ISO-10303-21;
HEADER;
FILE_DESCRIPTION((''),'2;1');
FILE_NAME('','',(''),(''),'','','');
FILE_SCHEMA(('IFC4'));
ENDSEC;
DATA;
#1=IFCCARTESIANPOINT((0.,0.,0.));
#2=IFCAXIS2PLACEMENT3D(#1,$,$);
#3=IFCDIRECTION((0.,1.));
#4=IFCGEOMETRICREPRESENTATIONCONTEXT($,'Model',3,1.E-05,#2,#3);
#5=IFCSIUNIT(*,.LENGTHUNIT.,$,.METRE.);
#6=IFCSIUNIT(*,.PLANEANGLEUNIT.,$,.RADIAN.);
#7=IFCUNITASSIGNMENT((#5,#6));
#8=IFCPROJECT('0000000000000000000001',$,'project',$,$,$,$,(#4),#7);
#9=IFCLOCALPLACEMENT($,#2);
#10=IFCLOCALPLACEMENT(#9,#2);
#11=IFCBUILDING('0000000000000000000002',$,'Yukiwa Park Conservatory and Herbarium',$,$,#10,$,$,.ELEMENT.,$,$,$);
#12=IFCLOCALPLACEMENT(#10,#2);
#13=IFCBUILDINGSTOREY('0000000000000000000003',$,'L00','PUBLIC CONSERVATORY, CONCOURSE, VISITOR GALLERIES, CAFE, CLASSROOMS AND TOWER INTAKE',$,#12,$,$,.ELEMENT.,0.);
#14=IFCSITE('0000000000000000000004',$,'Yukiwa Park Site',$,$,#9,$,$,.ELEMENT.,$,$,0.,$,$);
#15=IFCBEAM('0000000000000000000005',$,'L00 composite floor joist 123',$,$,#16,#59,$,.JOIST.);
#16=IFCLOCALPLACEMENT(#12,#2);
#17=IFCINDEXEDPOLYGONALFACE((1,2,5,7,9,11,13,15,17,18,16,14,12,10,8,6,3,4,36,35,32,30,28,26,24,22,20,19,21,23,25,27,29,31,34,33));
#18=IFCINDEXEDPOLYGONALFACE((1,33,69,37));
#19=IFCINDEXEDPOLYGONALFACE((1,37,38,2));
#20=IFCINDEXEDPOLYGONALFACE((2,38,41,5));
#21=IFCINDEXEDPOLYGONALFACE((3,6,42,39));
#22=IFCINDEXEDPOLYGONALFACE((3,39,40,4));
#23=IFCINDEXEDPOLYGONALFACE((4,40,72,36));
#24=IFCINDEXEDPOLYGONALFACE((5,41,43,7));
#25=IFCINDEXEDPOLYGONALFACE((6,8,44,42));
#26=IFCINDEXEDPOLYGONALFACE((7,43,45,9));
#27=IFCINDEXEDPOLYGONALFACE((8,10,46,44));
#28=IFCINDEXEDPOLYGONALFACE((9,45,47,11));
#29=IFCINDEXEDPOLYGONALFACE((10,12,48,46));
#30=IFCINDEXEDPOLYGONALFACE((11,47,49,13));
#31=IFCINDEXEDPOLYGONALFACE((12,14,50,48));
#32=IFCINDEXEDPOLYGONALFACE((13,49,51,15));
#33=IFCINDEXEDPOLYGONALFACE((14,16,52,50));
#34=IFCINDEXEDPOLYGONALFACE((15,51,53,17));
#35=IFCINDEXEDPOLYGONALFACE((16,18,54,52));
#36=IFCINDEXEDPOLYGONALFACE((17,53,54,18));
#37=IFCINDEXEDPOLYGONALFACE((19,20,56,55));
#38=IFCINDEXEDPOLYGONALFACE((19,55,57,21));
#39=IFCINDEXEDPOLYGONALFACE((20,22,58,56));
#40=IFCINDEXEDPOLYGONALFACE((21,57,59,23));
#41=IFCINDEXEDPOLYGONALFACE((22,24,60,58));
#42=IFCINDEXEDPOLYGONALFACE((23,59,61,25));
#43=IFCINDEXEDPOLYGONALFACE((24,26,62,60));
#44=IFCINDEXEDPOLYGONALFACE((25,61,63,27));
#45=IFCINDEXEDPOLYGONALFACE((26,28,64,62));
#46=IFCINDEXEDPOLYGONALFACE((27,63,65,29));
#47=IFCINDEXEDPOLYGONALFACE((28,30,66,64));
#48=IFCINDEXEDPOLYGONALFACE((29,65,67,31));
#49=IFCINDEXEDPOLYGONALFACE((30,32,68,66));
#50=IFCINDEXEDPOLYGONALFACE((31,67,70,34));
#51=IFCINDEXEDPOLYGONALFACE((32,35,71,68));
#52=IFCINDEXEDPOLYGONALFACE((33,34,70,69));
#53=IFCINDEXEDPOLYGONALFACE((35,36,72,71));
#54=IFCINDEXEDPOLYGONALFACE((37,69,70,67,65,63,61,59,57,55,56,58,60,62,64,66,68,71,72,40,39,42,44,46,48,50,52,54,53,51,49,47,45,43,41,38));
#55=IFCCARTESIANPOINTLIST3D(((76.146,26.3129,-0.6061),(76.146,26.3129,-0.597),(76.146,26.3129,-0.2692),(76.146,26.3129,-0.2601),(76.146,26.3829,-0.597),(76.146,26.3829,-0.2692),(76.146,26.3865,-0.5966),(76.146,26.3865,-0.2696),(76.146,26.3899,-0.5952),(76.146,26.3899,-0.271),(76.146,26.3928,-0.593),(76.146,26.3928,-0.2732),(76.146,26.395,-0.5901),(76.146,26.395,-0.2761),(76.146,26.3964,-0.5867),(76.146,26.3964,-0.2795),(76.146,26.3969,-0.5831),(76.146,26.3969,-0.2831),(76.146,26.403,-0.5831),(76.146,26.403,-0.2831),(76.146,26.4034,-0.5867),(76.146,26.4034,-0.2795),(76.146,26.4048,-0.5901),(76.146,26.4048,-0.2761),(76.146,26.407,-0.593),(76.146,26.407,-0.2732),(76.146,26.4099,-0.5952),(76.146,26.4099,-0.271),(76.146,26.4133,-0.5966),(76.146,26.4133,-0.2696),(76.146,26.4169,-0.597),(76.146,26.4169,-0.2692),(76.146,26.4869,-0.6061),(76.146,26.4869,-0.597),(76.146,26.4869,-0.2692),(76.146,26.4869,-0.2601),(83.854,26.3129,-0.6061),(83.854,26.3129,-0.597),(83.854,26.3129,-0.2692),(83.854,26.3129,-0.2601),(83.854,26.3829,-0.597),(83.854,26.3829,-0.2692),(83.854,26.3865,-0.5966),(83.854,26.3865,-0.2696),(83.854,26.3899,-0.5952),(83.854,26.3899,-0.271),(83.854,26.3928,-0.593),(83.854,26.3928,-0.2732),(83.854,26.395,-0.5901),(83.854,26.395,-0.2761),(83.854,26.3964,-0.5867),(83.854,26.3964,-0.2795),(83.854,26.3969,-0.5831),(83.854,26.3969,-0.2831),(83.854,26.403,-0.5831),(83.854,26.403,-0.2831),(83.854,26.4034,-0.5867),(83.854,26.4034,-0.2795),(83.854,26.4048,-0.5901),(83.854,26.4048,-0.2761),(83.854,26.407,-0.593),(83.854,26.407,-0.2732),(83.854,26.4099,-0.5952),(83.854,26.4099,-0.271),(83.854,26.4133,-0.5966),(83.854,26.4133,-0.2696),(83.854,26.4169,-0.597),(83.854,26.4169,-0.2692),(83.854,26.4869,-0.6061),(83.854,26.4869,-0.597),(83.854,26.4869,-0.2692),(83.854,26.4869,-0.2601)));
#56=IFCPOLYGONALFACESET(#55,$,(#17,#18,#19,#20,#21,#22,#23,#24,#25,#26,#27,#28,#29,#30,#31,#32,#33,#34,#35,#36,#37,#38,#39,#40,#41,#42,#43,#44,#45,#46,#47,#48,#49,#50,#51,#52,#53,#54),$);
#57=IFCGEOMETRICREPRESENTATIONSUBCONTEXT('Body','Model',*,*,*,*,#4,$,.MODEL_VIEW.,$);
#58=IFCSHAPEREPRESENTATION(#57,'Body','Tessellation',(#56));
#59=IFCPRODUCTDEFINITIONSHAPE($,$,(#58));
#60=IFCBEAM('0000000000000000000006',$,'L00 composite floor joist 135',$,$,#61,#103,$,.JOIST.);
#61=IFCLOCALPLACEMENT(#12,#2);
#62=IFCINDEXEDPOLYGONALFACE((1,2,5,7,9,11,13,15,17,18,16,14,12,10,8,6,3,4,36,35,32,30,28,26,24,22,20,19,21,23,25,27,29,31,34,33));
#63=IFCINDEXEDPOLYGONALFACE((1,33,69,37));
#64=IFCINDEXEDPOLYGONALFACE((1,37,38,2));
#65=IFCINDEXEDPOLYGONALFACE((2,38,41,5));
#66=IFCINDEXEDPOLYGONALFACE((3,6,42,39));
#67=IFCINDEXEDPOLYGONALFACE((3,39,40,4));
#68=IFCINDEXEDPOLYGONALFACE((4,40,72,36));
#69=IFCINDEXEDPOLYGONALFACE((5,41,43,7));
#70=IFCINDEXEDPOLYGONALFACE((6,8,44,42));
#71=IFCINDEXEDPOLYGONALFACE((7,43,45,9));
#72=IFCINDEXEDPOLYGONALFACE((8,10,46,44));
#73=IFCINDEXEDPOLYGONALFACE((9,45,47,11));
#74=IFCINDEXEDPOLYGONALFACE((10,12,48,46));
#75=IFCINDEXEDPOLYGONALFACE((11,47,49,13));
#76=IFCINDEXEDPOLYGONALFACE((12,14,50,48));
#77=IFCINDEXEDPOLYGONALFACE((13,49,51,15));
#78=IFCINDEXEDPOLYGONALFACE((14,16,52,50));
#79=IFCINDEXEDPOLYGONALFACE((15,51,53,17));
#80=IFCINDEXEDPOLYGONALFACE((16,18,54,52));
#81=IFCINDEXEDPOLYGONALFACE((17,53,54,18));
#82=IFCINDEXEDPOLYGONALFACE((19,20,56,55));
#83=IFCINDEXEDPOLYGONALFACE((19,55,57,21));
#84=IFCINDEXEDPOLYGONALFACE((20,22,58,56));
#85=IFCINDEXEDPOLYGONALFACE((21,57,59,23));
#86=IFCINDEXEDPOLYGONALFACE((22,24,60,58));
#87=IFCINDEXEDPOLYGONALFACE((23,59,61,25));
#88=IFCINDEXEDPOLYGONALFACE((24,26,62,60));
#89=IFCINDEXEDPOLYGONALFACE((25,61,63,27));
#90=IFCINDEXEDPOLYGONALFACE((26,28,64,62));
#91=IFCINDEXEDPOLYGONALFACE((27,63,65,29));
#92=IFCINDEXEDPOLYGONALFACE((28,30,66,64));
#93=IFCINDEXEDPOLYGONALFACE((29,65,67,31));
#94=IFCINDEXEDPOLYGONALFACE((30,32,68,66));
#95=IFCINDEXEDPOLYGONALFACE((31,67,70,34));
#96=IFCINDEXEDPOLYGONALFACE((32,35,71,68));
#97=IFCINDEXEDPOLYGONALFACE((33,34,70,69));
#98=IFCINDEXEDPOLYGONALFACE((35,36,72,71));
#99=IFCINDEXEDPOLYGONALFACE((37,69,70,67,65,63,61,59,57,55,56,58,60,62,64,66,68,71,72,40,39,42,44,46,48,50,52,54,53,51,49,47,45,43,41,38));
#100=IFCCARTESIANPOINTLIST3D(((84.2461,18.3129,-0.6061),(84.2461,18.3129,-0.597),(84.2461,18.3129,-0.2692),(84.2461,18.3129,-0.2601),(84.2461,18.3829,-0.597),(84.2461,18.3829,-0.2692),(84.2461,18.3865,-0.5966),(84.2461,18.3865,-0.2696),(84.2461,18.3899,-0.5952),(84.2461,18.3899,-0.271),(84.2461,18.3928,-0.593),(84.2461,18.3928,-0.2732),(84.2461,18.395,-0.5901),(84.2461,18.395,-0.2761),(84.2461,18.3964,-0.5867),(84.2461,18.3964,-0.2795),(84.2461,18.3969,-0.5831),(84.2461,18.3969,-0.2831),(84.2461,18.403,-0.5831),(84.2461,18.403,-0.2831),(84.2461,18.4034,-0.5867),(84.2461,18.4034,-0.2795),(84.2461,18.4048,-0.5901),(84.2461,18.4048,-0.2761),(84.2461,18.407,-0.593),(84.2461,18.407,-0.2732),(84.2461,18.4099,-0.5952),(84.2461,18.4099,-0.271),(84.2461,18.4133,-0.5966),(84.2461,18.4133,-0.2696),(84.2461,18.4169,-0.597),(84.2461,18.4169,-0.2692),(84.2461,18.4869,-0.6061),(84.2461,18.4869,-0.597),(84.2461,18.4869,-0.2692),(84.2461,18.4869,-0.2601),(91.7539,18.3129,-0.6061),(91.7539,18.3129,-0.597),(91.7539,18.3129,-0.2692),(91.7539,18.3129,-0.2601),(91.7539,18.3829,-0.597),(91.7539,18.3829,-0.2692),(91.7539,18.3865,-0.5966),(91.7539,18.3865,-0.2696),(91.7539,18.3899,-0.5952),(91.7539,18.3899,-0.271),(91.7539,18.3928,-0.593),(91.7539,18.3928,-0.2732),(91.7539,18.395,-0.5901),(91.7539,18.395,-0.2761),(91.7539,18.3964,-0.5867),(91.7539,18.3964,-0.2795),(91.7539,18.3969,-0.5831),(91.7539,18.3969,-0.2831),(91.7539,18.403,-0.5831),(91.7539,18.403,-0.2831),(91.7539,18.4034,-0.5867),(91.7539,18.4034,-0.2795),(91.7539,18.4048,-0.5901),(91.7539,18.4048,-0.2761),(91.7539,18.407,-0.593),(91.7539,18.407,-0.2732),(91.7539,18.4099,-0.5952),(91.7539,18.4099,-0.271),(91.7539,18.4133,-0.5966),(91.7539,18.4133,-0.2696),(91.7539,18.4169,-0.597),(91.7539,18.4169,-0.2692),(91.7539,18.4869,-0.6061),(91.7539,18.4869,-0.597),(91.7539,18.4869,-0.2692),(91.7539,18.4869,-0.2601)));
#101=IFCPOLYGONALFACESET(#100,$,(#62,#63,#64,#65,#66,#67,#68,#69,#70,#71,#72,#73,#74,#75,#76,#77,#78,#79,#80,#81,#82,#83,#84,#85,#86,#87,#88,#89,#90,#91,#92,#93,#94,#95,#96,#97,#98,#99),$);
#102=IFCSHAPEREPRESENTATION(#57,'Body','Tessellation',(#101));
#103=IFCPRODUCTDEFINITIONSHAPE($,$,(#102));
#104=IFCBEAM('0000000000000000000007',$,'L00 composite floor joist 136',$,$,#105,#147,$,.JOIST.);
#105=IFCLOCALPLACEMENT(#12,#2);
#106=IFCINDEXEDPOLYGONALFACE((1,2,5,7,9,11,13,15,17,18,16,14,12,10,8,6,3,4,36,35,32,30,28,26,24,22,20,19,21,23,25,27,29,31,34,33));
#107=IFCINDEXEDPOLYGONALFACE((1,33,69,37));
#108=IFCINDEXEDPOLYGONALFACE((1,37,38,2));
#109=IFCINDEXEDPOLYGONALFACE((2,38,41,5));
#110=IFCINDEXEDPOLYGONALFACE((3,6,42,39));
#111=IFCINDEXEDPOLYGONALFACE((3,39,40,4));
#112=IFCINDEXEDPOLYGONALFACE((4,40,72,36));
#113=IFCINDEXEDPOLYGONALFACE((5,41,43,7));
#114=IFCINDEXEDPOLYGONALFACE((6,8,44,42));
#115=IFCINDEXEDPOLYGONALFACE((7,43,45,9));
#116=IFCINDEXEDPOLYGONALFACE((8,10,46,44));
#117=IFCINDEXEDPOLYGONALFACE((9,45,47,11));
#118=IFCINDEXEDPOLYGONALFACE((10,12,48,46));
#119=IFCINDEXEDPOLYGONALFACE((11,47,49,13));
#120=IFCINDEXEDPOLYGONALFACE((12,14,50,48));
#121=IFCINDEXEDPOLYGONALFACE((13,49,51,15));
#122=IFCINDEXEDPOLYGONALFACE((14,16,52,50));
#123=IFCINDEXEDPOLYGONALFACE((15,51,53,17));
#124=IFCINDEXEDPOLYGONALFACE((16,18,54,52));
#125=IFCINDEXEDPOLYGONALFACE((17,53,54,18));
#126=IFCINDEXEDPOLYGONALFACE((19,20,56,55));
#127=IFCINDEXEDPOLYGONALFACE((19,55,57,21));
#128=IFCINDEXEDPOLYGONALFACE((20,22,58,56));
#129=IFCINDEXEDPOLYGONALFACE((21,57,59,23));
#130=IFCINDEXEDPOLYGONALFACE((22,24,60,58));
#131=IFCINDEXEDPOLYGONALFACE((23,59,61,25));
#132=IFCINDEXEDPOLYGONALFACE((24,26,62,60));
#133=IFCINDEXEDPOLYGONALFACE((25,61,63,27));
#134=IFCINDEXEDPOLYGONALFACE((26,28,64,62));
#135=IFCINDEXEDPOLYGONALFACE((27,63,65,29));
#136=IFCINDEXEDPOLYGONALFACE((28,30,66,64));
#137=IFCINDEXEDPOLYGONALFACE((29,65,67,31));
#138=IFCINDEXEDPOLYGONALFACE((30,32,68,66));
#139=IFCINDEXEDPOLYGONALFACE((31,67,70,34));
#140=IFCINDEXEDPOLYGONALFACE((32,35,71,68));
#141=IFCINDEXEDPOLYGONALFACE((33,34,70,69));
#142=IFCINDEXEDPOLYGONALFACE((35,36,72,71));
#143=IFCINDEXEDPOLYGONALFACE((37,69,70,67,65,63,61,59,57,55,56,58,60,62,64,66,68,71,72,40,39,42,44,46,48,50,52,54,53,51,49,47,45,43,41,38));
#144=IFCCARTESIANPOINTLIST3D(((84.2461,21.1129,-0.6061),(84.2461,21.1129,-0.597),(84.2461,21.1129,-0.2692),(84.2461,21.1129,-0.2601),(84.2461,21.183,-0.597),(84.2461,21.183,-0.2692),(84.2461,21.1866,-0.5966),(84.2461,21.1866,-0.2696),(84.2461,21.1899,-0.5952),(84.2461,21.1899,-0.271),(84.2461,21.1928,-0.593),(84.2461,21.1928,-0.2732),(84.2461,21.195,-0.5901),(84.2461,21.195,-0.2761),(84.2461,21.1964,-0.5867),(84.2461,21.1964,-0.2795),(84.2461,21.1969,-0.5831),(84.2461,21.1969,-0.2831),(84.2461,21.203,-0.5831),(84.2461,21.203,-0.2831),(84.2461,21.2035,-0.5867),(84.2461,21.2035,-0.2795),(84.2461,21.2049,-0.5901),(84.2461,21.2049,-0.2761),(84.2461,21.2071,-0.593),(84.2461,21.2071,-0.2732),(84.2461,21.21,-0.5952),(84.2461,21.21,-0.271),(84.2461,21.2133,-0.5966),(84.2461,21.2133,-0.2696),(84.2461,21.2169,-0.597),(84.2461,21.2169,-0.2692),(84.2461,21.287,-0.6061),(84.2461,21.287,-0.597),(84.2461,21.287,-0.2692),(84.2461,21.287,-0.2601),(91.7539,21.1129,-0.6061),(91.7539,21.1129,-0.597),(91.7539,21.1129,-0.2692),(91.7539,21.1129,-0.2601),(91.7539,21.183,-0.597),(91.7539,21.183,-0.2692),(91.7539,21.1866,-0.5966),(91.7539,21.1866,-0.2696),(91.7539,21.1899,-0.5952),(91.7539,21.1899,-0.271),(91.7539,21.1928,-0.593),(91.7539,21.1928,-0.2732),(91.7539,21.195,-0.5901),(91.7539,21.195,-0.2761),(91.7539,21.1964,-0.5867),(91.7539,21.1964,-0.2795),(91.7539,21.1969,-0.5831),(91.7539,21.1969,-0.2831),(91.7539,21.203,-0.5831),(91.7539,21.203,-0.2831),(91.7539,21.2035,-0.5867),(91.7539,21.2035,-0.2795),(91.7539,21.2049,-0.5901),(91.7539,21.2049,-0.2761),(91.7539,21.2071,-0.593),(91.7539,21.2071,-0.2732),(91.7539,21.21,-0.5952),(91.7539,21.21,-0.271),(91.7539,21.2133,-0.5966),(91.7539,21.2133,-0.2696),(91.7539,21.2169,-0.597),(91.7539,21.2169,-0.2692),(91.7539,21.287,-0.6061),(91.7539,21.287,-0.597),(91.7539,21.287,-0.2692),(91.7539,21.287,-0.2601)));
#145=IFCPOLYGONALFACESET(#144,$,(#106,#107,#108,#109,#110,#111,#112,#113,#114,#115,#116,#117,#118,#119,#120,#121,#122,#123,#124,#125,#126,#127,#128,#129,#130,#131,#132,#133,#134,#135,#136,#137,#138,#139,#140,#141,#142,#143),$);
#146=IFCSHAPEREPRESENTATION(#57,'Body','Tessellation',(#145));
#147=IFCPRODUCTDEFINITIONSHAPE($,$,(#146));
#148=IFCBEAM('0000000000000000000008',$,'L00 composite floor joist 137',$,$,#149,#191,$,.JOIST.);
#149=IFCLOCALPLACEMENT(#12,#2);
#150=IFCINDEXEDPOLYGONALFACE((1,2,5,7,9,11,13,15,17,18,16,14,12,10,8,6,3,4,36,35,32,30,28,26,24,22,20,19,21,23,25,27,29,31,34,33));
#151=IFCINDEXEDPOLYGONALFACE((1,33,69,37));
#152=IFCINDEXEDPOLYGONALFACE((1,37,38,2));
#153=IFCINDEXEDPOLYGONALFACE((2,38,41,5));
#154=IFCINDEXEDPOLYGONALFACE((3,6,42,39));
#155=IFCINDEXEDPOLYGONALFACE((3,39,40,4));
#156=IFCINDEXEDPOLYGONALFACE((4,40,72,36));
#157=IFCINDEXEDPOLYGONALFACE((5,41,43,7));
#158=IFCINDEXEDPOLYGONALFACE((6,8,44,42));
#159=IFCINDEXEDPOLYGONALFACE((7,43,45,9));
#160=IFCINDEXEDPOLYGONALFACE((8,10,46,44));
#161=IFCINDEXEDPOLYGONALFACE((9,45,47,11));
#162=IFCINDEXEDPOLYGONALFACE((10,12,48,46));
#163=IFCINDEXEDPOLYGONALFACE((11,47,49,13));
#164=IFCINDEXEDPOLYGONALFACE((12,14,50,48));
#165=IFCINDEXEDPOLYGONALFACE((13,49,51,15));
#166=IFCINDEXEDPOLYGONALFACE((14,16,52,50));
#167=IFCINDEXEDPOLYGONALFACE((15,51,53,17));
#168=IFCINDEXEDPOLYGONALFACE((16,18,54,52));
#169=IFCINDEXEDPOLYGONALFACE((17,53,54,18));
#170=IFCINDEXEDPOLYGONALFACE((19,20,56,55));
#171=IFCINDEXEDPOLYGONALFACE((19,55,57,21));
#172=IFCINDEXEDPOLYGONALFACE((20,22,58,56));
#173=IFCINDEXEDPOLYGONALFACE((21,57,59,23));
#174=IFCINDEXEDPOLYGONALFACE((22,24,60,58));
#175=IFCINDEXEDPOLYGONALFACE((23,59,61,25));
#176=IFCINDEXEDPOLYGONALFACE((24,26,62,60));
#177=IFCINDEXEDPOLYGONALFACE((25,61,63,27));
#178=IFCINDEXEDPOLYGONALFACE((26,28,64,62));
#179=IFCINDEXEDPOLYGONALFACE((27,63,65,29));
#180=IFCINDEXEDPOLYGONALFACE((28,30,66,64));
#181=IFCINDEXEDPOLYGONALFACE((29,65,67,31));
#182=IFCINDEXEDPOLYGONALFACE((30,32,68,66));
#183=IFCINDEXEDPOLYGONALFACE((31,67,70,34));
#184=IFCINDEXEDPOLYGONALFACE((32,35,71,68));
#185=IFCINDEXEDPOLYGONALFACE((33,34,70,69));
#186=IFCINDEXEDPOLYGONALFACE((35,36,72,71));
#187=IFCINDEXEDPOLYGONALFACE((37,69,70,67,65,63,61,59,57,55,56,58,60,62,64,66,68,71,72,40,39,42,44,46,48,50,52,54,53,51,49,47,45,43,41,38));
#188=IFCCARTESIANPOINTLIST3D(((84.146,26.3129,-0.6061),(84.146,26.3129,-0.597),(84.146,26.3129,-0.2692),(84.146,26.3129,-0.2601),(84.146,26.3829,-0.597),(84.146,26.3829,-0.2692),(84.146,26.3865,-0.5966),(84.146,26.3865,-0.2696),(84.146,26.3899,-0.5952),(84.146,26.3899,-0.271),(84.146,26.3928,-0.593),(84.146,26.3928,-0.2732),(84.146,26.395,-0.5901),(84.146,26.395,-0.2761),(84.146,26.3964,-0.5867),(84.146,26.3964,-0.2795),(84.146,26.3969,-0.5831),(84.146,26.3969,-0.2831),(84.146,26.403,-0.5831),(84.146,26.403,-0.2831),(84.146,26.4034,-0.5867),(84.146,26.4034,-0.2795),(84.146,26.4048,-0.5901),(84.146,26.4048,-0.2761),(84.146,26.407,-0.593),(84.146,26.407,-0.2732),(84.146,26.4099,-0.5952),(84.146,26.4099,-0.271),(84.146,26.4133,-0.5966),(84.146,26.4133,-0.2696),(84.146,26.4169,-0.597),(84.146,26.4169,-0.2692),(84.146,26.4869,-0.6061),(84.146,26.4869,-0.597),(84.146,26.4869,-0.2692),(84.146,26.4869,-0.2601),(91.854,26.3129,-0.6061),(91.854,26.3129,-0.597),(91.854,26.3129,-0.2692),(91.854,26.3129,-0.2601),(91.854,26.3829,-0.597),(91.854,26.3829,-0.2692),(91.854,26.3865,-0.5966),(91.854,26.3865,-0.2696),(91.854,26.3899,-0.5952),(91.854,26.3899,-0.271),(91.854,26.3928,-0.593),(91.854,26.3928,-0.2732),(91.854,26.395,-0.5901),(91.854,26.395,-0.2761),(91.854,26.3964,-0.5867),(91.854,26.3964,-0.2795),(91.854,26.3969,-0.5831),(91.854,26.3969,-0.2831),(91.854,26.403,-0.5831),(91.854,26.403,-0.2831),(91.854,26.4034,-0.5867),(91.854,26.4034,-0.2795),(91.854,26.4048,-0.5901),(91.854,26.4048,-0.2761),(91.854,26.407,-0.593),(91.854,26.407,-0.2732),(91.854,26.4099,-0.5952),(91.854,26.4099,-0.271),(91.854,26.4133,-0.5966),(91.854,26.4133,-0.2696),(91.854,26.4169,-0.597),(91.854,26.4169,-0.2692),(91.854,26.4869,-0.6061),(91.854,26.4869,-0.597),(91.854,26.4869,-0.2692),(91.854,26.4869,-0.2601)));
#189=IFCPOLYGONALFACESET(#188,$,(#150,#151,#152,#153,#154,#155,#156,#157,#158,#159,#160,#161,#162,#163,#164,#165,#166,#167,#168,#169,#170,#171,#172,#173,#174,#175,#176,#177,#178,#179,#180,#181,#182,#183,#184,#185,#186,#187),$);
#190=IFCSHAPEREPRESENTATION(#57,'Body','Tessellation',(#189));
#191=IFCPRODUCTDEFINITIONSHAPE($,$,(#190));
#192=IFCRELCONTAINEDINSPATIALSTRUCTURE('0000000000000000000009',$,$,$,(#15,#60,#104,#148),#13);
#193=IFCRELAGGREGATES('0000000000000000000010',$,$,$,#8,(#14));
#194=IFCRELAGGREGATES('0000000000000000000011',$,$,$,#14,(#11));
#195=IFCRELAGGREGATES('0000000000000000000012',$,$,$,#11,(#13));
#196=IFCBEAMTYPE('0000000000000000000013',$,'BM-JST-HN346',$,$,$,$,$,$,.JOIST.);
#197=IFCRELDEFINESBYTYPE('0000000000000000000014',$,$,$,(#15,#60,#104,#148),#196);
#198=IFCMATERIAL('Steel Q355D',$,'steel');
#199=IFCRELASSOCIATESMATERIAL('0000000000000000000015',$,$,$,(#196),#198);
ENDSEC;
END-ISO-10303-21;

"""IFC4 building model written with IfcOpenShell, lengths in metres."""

from ifc_helpers import new_model, si_unit, direction, frame, origin, origin_2d, place, context, subcontext, project, spatial, i_section, extrude, material, material_profile, profile_set, type_object, element, save


model = new_model("IFC4")

# Units and contexts
model_context = context("Model", 3, precision=1e-05, world=origin(), true_north=direction((0.0, 1.0)))
body_context = subcontext(model_context, "Body", "Model", "MODEL_VIEW")
ifc_project = project(units=[si_unit("LENGTHUNIT", "METRE"), si_unit("PLANEANGLEUNIT", "RADIAN")], contexts=[model_context])

# Site, building, storey
site_placement = place(None, origin())
site = spatial("IfcSite", under=ifc_project, at=site_placement, Name="Yukiwa Park Site", CompositionType="ELEMENT", RefElevation=0.0)
building_placement = place(site_placement, origin())
building = spatial("IfcBuilding", under=site, at=building_placement, Name="Yukiwa Park Conservatory and Herbarium", CompositionType="ELEMENT")
storey_placement = place(building_placement, origin())
storey = spatial("IfcBuildingStorey", under=building, at=storey_placement, Name="L00", Description="PUBLIC CONSERVATORY, CONCOURSE, VISITOR GALLERIES, CAFE, CLASSROOMS AND TOWER INTAKE", CompositionType="ELEMENT", Elevation=0.0)

# Beams
ifc_material_1 = material(Name="Steel Q355D", Category="steel")
ifc_material_profile_1 = material_profile(ifc_material_1, i_section(OverallWidth=0.1741, OverallDepth=0.3459, WebThickness=0.0061, FlangeThickness=0.009, FilletRadius=0.0139, at=origin_2d()), Name="HN 346x174x6x9")
ifc_profile_set_1 = profile_set([ifc_material_profile_1], Name="Steel Q355D")
beam_type_1 = type_object("IfcBeamType", Name="BM-JST-HN346", PredefinedType="JOIST", material=ifc_profile_set_1)
beam_1_placement = place(storey_placement, frame((76.146, 26.3999, -0.4331), z_axis=(1.0, 0.0, 0.0), x_axis=(0.0, 1.0, 0.0)))
element("IfcBeam", 1, at=beam_1_placement, inside=storey, type_object=beam_type_1, Name="L00 composite floor joist 123", PredefinedType="JOIST", context=body_context, shape_type="SweptSolid", body=[
    extrude(i_section(OverallWidth=0.1741, OverallDepth=0.3459, WebThickness=0.0061, FlangeThickness=0.009, FilletRadius=0.0139, at=origin_2d()), origin(), (0.0, 0.0, 1.0), 7.708),
])
for number, where, z_axis, x_axis, name in (
    (2, (84.2461, 18.3999, -0.4331), (1.0, 0.0, 0.0), (0.0, 1.0, 0.0), "L00 composite floor joist 135"),
    (3, (84.2461, 21.2, -0.4331), (1.0, 0.0, 0.0), (0.0, 1.0, 0.0), "L00 composite floor joist 136"),
):
    element("IfcBeam", number, at=place(storey_placement, frame(where, z_axis=z_axis, x_axis=x_axis)), inside=storey, type_object=beam_type_1, Name=name, PredefinedType="JOIST", context=body_context, shape_type="SweptSolid", body=[
        extrude(i_section(OverallWidth=0.1741, OverallDepth=0.3459, WebThickness=0.0061, FlangeThickness=0.009, FilletRadius=0.0139, at=origin_2d()), origin(), (0.0, 0.0, 1.0), 7.5078),
    ])
beam_2_placement = place(storey_placement, frame((84.146, 26.3999, -0.4331), z_axis=(1.0, 0.0, 0.0), x_axis=(0.0, 1.0, 0.0)))
element("IfcBeam", 4, at=beam_2_placement, inside=storey, type_object=beam_type_1, Name="L00 composite floor joist 137", PredefinedType="JOIST", context=body_context, shape_type="SweptSolid", body=[
    extrude(i_section(OverallWidth=0.1741, OverallDepth=0.3459, WebThickness=0.0061, FlangeThickness=0.009, FilletRadius=0.0139, at=origin_2d()), origin(), (0.0, 0.0, 1.0), 7.708),
])

save(model, "model.ifc")
